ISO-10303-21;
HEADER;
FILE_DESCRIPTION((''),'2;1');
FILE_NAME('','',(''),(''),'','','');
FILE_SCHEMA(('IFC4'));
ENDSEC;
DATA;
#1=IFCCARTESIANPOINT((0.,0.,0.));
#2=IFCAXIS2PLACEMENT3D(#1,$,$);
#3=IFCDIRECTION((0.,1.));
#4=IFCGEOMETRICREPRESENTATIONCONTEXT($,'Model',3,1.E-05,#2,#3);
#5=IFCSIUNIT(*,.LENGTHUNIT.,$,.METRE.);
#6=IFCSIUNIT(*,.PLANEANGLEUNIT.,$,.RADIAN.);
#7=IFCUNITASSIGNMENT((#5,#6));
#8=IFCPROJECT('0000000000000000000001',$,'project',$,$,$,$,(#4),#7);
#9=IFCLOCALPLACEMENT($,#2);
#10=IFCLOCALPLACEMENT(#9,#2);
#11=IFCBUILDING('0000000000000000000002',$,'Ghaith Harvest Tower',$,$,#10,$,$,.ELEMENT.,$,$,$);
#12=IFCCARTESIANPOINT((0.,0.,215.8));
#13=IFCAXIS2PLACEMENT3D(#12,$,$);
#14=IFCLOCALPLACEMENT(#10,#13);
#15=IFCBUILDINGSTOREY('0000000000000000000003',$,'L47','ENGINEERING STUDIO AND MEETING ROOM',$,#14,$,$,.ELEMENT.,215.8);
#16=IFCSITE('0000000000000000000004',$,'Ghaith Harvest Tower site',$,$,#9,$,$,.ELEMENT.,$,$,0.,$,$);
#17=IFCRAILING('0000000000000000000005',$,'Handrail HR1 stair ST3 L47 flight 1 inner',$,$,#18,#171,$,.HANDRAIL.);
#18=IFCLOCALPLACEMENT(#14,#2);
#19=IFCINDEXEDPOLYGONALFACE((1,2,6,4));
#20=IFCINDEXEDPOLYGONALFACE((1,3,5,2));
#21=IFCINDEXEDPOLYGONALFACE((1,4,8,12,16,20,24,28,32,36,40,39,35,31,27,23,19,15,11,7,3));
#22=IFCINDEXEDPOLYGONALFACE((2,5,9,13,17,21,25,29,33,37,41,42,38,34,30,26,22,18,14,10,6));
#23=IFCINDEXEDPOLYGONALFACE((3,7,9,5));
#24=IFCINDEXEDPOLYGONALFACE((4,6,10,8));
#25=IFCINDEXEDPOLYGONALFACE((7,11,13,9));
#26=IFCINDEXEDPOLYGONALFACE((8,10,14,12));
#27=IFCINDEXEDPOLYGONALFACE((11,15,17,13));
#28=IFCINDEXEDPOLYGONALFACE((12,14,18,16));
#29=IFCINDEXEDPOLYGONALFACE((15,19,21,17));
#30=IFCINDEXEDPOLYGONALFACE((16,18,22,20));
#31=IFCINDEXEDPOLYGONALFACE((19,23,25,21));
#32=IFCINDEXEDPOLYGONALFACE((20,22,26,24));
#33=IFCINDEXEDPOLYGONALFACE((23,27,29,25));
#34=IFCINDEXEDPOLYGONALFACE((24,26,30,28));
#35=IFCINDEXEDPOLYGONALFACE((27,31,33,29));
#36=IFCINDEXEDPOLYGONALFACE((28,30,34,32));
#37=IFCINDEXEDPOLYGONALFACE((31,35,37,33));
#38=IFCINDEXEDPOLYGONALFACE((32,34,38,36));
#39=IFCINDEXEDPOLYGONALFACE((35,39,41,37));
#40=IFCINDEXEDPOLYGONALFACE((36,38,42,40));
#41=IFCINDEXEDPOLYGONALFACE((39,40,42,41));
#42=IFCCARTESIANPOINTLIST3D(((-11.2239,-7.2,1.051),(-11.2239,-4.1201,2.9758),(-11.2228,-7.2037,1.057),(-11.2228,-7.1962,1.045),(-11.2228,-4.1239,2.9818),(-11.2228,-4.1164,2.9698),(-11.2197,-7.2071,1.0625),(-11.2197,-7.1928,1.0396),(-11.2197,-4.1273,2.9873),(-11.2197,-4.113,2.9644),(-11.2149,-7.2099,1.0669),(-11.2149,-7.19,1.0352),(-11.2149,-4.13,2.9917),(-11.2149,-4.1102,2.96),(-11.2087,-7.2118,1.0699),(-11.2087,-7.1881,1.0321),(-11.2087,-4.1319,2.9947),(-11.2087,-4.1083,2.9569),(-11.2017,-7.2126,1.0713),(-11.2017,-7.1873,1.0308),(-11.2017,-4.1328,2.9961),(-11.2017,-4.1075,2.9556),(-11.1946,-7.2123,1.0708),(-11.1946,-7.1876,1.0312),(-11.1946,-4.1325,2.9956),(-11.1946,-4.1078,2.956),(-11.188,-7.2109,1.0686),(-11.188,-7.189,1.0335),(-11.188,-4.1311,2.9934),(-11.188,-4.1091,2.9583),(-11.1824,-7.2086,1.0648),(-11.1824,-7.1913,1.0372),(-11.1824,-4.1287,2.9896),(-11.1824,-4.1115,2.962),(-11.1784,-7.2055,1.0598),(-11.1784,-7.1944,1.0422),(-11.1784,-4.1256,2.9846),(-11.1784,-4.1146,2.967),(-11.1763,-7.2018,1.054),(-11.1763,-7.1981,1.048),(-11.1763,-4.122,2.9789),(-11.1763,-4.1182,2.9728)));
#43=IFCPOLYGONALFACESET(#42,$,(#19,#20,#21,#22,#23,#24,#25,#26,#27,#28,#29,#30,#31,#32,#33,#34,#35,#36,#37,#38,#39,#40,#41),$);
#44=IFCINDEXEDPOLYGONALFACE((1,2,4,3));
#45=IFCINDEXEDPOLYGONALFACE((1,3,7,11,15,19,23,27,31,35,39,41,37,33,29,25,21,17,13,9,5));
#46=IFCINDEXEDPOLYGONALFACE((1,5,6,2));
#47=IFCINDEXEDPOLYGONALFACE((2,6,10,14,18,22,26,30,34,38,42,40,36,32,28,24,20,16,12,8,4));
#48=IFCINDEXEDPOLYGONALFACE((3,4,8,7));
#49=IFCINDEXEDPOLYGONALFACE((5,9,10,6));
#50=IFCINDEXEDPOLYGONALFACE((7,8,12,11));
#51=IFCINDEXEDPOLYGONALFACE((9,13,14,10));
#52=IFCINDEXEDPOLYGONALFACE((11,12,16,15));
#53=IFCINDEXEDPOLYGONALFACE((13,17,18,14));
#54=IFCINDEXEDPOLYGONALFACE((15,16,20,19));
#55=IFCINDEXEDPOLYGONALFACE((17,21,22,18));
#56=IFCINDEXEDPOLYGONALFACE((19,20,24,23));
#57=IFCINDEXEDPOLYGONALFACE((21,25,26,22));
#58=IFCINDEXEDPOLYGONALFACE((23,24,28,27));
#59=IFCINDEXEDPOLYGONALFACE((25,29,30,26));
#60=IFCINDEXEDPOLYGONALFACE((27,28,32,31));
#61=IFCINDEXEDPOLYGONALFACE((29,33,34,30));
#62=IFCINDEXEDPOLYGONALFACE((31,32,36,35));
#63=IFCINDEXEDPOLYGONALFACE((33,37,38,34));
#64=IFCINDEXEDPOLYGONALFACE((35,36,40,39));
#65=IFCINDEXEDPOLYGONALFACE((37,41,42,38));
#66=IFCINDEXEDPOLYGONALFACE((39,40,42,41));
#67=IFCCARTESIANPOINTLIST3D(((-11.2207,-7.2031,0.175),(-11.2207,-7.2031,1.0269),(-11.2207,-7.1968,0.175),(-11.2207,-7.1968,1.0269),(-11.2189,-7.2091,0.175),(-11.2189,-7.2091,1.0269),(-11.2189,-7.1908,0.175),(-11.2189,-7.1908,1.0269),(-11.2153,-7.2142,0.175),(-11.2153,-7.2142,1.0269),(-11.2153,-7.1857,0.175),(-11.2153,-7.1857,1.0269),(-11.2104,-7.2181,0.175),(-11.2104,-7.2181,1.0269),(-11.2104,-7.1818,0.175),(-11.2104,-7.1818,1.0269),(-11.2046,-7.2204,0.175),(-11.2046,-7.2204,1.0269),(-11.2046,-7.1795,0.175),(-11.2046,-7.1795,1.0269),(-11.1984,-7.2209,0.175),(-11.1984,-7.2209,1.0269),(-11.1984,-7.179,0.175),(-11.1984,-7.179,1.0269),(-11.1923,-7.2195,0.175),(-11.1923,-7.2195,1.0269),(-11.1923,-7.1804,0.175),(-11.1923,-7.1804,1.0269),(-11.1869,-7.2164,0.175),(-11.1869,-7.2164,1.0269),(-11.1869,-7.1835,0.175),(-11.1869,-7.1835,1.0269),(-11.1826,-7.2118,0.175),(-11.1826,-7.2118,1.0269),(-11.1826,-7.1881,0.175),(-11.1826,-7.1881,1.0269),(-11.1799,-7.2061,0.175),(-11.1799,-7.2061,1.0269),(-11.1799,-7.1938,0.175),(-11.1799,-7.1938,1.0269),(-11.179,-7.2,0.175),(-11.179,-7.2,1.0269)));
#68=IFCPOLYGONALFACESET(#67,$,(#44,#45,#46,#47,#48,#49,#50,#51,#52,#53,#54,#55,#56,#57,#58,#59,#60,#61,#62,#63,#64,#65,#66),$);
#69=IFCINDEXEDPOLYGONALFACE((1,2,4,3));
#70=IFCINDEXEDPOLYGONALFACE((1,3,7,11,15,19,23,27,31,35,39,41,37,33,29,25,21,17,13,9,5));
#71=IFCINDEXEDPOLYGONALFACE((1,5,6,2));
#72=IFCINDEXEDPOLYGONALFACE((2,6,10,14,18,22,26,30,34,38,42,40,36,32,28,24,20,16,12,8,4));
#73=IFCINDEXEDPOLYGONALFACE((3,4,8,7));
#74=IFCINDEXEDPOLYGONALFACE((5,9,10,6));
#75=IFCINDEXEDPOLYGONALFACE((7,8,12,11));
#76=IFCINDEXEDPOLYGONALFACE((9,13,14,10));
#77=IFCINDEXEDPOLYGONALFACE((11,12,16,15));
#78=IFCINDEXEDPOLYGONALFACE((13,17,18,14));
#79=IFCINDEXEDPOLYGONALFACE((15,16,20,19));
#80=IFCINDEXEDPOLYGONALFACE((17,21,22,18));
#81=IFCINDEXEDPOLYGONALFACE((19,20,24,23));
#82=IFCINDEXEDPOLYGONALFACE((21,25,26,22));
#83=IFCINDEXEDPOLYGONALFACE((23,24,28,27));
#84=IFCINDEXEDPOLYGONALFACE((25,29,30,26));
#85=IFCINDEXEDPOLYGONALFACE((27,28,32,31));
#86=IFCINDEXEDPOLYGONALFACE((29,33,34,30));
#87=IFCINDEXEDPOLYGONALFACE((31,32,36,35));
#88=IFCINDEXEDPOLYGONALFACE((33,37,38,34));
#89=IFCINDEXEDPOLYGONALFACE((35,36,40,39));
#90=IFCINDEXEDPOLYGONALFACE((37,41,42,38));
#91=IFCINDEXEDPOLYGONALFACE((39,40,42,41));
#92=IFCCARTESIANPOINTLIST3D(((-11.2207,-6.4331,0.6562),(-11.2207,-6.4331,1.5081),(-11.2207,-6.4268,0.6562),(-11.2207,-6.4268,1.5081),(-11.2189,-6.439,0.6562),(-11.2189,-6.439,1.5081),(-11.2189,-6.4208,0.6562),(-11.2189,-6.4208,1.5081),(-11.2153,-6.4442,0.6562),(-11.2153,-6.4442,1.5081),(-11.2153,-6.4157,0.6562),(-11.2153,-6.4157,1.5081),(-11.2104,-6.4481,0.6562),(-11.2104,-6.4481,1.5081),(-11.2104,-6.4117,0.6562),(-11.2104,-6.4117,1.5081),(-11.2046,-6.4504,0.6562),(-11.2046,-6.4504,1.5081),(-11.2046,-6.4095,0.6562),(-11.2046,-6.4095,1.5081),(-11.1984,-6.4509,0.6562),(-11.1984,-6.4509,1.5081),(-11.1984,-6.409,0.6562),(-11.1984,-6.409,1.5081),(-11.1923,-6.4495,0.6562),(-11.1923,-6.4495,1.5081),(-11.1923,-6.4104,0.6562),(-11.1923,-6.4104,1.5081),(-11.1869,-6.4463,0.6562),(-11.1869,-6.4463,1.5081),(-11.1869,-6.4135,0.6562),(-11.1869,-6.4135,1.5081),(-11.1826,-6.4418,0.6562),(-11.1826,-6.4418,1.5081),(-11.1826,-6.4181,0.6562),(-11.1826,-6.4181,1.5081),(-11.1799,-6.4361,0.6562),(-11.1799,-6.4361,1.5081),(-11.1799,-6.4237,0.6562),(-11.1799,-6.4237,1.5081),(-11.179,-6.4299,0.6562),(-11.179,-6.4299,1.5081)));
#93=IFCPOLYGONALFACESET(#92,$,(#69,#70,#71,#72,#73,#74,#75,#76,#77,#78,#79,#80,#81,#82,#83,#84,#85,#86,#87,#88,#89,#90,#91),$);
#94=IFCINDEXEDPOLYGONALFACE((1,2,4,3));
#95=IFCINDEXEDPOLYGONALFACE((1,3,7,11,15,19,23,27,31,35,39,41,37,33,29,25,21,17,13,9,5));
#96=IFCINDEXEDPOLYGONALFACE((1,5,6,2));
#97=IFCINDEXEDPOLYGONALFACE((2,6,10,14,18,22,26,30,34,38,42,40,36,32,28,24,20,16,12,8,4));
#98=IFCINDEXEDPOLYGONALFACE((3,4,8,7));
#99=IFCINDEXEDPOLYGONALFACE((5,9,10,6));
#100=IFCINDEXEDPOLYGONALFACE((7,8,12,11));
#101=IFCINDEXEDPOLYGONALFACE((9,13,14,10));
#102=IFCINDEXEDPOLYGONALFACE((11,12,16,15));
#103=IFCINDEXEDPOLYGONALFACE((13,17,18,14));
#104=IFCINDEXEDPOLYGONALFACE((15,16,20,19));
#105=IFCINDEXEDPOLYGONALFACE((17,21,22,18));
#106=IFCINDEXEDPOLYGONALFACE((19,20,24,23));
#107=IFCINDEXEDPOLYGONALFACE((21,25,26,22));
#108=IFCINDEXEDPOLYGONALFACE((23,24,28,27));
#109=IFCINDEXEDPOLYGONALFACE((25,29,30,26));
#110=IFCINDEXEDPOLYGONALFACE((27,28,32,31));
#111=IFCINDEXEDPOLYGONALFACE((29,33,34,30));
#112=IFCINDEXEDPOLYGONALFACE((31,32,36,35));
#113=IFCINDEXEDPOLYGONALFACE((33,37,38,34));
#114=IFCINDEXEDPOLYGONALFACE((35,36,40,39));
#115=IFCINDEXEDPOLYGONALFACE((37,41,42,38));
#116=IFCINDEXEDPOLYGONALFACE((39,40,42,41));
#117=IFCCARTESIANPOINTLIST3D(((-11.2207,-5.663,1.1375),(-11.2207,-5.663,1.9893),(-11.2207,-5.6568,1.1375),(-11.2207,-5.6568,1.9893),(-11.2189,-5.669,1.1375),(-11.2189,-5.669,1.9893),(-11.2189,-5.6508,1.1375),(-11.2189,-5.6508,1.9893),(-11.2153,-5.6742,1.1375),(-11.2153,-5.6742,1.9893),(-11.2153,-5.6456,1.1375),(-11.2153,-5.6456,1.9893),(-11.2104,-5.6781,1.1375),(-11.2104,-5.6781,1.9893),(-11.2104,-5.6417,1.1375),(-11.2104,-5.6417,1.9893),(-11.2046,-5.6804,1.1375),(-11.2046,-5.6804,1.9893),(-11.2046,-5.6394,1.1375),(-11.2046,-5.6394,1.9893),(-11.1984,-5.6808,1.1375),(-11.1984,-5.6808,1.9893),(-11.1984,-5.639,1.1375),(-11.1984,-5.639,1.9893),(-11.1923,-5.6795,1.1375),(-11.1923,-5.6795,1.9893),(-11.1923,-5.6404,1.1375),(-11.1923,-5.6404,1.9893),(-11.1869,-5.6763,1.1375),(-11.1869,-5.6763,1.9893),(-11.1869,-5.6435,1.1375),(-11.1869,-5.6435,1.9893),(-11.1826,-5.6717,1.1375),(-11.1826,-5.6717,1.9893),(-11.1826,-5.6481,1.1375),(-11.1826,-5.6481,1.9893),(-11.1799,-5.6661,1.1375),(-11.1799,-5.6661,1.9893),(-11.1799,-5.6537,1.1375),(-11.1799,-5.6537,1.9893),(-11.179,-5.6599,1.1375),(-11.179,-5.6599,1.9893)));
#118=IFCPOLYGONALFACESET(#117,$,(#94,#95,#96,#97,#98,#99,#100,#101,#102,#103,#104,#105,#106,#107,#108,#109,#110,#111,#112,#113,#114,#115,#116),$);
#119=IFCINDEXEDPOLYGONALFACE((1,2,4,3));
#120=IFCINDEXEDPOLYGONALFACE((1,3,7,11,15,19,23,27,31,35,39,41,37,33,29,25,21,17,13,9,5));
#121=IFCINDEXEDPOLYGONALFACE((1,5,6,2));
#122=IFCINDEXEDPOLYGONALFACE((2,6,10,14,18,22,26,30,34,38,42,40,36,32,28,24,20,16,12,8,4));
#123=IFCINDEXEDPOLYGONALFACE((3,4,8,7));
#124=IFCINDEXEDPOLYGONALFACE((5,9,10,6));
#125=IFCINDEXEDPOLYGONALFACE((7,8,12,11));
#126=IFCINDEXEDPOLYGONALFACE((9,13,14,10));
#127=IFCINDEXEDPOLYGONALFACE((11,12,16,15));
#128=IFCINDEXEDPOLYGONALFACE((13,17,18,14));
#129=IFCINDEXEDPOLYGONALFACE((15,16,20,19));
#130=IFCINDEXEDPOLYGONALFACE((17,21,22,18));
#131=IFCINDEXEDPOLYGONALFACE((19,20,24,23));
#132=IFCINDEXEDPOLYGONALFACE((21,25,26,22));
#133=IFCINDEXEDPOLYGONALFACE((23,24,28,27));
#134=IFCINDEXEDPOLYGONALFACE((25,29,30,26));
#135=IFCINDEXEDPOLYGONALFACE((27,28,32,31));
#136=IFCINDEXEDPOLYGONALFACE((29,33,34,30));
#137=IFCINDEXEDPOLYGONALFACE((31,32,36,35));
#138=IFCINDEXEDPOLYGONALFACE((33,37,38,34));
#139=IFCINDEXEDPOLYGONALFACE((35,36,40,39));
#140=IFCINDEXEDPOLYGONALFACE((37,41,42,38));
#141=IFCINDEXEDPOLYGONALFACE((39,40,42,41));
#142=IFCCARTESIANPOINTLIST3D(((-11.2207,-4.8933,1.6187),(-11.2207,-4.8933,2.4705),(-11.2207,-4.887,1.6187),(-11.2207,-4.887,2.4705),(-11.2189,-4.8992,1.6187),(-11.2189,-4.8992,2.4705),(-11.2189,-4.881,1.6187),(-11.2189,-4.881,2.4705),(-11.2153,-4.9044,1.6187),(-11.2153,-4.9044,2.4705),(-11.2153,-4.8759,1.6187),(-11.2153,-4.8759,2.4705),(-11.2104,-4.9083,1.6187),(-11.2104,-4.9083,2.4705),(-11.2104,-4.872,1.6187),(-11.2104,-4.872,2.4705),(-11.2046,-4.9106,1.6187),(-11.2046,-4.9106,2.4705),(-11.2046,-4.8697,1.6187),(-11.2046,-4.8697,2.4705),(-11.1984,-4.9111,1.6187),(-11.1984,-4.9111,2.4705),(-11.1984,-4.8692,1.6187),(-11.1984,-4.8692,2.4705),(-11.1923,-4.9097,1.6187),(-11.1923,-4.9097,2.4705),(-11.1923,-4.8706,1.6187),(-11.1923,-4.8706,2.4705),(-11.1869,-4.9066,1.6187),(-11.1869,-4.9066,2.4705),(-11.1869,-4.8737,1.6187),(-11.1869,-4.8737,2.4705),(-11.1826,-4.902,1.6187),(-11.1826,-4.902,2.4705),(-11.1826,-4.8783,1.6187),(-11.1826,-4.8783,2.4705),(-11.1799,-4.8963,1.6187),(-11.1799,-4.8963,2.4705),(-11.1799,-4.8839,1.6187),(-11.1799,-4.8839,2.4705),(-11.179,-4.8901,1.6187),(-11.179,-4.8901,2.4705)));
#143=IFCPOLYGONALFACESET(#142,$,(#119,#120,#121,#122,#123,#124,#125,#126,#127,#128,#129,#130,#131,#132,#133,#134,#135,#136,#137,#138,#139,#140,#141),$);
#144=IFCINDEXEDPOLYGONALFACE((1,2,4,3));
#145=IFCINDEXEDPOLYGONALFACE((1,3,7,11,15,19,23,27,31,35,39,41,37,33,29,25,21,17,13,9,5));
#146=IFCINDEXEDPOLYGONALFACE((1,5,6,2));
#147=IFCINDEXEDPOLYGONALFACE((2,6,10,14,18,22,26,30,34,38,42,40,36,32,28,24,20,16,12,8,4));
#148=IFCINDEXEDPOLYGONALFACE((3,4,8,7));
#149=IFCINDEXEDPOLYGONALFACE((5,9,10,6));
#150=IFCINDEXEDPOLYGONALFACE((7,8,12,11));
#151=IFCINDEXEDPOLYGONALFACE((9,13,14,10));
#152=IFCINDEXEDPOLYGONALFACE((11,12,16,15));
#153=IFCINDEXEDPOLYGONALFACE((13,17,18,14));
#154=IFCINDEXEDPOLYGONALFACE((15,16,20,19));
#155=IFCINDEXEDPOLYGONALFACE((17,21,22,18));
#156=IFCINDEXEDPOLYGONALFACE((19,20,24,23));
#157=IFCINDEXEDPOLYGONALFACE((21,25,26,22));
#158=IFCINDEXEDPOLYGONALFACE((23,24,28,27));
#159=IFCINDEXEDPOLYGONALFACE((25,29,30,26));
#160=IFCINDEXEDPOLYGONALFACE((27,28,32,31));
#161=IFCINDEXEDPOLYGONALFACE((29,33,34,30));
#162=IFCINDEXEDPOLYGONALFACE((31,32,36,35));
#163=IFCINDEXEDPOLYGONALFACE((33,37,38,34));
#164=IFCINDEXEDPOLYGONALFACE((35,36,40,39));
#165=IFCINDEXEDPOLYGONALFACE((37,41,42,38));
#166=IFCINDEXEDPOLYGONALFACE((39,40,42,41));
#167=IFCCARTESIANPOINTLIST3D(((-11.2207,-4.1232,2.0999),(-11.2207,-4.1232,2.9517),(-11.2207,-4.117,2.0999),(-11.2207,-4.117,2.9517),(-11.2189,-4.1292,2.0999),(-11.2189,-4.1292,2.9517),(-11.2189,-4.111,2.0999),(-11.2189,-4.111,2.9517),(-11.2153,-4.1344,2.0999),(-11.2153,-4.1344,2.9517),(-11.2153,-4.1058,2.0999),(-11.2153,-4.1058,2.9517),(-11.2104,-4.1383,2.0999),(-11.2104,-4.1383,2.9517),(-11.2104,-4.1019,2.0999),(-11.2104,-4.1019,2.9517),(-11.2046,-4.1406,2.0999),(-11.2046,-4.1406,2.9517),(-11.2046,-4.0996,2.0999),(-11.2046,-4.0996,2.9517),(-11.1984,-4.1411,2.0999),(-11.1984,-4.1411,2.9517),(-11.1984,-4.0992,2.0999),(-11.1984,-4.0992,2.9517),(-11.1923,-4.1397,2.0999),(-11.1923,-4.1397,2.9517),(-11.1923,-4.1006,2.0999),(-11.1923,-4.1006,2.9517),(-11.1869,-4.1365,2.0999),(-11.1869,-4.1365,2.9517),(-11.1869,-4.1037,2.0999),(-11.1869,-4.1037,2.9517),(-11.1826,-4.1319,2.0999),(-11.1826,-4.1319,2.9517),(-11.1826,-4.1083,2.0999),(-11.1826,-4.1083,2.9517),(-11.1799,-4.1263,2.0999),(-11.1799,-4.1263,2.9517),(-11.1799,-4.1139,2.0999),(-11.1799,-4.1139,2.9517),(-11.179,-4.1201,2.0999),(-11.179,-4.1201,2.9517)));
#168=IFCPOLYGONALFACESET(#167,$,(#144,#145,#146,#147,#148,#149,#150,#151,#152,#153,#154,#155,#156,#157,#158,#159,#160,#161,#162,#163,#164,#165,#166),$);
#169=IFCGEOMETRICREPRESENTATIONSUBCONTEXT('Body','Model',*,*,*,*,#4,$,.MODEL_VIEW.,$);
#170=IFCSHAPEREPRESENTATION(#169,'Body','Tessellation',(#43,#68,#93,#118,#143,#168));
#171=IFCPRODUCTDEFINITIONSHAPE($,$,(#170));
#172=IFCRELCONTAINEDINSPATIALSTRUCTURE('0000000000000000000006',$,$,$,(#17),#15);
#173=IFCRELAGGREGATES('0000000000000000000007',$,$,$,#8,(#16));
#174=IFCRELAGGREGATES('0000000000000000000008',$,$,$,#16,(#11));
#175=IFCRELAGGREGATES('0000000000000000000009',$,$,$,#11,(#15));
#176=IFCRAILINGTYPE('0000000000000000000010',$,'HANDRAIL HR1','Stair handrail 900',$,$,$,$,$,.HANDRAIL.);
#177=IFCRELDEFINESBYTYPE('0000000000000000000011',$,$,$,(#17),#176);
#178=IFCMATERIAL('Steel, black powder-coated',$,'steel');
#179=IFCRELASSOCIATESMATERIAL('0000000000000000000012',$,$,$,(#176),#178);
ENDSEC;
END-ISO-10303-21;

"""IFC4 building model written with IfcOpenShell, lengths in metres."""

from ifc_helpers import new_model, si_unit, direction, frame, origin, origin_2d, place, context, subcontext, project, spatial, circle, extrude, material, type_object, element, save


model = new_model("IFC4")

# Units and contexts
model_context = context("Model", 3, precision=1e-05, world=origin(), true_north=direction((0.0, 1.0)))
body_context = subcontext(model_context, "Body", "Model", "MODEL_VIEW")
ifc_project = project(units=[si_unit("LENGTHUNIT", "METRE"), si_unit("PLANEANGLEUNIT", "RADIAN")], contexts=[model_context])

# Site, building, storey
site_placement = place(None, origin())
site = spatial("IfcSite", under=ifc_project, at=site_placement, Name="Ghaith Harvest Tower site", CompositionType="ELEMENT", RefElevation=0.0)
building_placement = place(site_placement, origin())
building = spatial("IfcBuilding", under=site, at=building_placement, Name="Ghaith Harvest Tower", CompositionType="ELEMENT")
storey_placement = place(building_placement, frame((0.0, 0.0, 215.8)))
storey = spatial("IfcBuildingStorey", under=building, at=storey_placement, Name="L47", Description="ENGINEERING STUDIO AND MEETING ROOM", CompositionType="ELEMENT", Elevation=215.8)

# Railing
ifc_material_1 = material(Name="Steel, black powder-coated", Category="steel")
railing_type = type_object("IfcRailingType", Name="HANDRAIL HR1", Description="Stair handrail 900", PredefinedType="HANDRAIL", material=ifc_material_1)
railing_1_placement = place(storey_placement, frame((-11.2, -7.2, 0.175)))
element("IfcRailing", 1, at=railing_1_placement, inside=storey, type_object=railing_type, Name="Handrail HR1 stair ST3 L47 flight 1 inner", PredefinedType="HANDRAIL", context=body_context, shape_type="SweptSolid", body=[
    extrude(circle(Radius=0.0239, at=origin_2d()), frame((0.0, 0.0, 0.876), z_axis=(0.0, 0.84801, 0.529981), x_axis=(-1.0, 0.0, 0.0)), (0.0, 0.0, 1.0), 3.6318),
    extrude(circle(Radius=0.021, at=origin_2d()), origin(), (0.0, 0.0, 1.0), 0.8518),
    extrude(circle(Radius=0.021, at=origin_2d()), frame((0.0, 0.77, 0.4812)), (0.0, 0.0, 1.0), 0.8518),
    extrude(circle(Radius=0.021, at=origin_2d()), frame((0.0, 1.54, 0.9624)), (0.0, 0.0, 1.0), 0.8518),
    extrude(circle(Radius=0.021, at=origin_2d()), frame((0.0, 2.3098, 1.4436)), (0.0, 0.0, 1.0), 0.8518),
    extrude(circle(Radius=0.021, at=origin_2d()), frame((0.0, 3.0798, 1.9248)), (0.0, 0.0, 1.0), 0.8518),
])

save(model, "model.ifc")
